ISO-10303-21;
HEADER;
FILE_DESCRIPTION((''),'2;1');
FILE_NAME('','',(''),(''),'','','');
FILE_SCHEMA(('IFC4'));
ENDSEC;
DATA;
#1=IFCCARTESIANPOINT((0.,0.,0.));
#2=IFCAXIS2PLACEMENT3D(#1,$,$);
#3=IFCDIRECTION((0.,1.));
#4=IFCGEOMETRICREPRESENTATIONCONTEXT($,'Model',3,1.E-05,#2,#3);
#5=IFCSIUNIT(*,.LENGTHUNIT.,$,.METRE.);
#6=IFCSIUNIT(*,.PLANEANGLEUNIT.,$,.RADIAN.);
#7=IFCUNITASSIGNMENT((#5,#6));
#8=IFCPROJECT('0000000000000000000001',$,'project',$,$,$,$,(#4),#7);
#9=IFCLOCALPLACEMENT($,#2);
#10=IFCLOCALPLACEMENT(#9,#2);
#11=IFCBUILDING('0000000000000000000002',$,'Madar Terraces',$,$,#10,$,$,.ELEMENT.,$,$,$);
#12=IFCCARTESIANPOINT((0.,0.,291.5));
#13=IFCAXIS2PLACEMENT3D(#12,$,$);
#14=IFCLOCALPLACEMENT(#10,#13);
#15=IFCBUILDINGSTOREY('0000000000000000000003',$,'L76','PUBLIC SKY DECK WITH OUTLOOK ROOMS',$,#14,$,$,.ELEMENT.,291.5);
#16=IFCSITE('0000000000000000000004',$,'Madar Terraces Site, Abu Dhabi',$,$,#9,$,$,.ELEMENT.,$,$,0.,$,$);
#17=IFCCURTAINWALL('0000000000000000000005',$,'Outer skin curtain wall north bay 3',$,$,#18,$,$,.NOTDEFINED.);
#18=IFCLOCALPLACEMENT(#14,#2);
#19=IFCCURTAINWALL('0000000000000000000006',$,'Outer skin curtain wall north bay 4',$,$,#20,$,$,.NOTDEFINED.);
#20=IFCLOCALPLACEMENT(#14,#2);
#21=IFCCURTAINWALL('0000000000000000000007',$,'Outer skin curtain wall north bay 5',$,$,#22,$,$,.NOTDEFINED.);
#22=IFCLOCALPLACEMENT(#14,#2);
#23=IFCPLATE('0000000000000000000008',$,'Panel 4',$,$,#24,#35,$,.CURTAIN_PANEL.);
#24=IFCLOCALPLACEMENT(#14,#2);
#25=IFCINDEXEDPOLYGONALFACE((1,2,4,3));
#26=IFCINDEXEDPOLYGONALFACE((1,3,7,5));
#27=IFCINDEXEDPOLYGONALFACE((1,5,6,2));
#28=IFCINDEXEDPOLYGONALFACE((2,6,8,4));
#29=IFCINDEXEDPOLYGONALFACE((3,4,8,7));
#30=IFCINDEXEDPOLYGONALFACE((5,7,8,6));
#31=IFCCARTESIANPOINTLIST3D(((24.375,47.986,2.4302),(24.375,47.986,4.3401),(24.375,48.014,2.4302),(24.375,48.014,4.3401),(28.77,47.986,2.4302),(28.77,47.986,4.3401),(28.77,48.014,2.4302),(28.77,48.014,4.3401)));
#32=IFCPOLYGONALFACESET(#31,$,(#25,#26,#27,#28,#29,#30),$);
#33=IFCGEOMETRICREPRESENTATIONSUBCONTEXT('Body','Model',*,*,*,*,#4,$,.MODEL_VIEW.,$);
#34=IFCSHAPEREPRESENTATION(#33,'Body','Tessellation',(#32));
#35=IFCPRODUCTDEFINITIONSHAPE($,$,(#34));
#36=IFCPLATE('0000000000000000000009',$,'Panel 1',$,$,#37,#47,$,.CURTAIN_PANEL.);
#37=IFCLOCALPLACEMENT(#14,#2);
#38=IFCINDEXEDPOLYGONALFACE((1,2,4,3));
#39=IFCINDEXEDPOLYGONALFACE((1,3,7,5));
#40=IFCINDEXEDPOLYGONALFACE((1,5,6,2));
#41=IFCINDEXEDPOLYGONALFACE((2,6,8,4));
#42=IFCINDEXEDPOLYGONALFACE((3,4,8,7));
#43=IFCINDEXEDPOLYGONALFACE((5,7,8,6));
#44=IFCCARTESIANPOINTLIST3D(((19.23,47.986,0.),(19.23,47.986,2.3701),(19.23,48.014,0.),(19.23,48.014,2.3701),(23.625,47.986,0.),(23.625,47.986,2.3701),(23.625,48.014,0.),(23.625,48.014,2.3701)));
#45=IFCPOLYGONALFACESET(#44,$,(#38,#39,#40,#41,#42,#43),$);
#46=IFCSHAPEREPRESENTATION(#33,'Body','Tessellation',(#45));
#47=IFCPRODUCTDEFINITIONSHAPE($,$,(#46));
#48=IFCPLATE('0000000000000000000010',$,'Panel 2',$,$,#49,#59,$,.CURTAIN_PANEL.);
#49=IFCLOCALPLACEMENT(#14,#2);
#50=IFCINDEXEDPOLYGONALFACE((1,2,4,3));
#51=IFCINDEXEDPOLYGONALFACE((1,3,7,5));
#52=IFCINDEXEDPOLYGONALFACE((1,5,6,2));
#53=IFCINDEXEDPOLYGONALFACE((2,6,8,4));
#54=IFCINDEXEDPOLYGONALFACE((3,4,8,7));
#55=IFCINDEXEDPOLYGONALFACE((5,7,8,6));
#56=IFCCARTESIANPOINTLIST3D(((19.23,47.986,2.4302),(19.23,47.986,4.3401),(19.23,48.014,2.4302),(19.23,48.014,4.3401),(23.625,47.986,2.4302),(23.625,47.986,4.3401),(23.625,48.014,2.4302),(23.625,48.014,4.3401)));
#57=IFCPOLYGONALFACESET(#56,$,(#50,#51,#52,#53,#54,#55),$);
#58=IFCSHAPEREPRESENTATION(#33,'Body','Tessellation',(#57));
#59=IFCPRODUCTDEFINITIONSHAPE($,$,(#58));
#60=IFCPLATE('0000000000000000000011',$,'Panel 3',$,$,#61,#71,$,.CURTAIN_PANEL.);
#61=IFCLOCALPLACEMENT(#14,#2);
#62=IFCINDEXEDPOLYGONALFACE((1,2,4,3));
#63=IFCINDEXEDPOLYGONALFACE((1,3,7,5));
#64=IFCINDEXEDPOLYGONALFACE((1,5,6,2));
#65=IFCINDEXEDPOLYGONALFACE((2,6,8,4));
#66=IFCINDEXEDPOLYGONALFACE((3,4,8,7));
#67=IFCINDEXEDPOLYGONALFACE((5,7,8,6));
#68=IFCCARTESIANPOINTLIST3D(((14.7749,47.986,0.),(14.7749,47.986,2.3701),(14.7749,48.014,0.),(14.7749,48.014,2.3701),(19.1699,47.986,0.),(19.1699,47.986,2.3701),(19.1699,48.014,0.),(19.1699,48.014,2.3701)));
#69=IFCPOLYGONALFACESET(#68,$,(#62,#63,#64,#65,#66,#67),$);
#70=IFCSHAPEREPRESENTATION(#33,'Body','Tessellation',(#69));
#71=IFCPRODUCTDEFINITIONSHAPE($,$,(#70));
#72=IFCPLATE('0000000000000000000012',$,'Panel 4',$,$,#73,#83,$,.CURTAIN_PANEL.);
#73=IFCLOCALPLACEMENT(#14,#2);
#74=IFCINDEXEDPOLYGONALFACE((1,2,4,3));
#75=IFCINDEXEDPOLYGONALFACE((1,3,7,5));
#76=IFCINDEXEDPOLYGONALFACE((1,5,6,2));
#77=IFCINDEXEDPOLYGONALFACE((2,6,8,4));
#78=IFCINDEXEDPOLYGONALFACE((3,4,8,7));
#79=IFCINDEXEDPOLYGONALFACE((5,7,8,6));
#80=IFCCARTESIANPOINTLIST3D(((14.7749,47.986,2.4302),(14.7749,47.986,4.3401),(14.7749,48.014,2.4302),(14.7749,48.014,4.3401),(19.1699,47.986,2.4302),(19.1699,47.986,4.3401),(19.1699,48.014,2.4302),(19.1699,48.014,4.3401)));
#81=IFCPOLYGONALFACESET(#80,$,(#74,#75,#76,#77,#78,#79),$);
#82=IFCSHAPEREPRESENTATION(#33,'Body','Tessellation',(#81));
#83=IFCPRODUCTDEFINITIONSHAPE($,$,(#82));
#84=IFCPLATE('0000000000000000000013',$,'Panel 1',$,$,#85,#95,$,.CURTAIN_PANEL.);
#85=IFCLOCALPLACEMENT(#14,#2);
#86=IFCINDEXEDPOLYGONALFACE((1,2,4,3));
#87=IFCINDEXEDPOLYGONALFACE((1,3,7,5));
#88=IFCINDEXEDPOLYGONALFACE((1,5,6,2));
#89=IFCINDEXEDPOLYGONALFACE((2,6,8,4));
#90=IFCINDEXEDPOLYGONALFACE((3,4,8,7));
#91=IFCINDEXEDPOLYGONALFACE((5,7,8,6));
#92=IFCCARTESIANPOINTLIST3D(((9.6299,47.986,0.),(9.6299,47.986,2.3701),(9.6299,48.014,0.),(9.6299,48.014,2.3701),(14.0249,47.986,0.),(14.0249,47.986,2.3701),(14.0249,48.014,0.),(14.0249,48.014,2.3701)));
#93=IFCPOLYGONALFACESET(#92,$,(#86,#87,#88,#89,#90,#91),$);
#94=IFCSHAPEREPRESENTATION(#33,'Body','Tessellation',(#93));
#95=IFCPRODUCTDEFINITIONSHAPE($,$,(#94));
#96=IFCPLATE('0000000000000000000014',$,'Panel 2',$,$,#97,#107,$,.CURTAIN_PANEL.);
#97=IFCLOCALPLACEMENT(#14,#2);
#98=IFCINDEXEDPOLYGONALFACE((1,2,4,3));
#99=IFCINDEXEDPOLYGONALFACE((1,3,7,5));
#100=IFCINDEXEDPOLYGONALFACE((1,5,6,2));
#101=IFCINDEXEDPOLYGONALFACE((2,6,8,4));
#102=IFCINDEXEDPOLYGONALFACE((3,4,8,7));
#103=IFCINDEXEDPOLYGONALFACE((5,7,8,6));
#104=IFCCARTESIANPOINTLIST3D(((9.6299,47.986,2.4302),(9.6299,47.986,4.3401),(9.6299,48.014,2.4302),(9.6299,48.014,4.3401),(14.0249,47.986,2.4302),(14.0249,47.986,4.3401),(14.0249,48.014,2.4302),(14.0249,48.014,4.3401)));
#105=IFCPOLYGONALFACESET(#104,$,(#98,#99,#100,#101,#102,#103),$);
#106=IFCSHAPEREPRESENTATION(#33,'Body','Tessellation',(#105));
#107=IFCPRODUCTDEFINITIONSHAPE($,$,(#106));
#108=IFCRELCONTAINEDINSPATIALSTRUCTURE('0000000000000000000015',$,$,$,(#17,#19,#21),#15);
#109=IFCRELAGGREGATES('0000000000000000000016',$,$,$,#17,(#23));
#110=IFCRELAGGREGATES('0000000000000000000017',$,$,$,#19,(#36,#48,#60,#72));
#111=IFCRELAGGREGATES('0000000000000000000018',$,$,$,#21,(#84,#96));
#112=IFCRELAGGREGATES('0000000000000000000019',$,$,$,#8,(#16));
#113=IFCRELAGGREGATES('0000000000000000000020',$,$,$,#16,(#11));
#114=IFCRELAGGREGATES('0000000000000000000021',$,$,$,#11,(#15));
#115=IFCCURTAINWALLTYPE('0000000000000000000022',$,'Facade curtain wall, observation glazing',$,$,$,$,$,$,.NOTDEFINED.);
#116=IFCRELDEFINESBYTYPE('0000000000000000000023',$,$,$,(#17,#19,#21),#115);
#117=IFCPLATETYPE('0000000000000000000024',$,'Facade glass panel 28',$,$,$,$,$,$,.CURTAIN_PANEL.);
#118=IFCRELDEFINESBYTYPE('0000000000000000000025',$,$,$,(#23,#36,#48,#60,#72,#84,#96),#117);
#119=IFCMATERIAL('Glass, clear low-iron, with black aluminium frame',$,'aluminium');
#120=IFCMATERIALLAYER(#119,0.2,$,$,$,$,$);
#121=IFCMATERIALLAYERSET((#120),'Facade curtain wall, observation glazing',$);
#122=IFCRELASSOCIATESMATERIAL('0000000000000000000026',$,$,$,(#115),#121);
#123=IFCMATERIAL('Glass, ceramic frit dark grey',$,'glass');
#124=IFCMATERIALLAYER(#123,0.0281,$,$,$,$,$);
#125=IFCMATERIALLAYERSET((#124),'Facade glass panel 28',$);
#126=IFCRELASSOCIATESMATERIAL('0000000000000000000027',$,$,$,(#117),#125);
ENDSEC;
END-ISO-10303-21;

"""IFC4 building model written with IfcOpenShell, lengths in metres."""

from ifc_helpers import new_model, si_unit, direction, frame, origin, origin_2d, place, context, subcontext, project, spatial, rectangle, extrude, material, layer, layer_set, type_object, element, aggregate, save


model = new_model("IFC4")

# Units and contexts
model_context = context("Model", 3, precision=1e-05, world=origin(), true_north=direction((0.0, 1.0)))
body_context = subcontext(model_context, "Body", "Model", "MODEL_VIEW")
ifc_project = project(units=[si_unit("LENGTHUNIT", "METRE"), si_unit("PLANEANGLEUNIT", "RADIAN")], contexts=[model_context])

# Site, building, storey
site_placement = place(None, origin())
site = spatial("IfcSite", under=ifc_project, at=site_placement, Name="Madar Terraces Site, Abu Dhabi", CompositionType="ELEMENT", RefElevation=0.0)
building_placement = place(site_placement, origin())
building = spatial("IfcBuilding", under=site, at=building_placement, Name="Madar Terraces", CompositionType="ELEMENT")
storey_placement = place(building_placement, frame((0.0, 0.0, 291.5)))
storey = spatial("IfcBuildingStorey", under=building, at=storey_placement, Name="L76", Description="PUBLIC SKY DECK WITH OUTLOOK ROOMS", CompositionType="ELEMENT", Elevation=291.5)

# Curtain walls
ifc_material_1 = material(Name="Glass, clear low-iron, with black aluminium frame", Category="aluminium")
ifc_layer_1 = layer(ifc_material_1, 0.2)
ifc_layer_set_1 = layer_set([ifc_layer_1], Name="Facade curtain wall, observation glazing")
curtain_wall_type = type_object("IfcCurtainWallType", Name="Facade curtain wall, observation glazing", PredefinedType="NOTDEFINED", material=ifc_layer_set_1)
curtain_wall_1_placement = place(storey_placement, origin())
curtain_wall_1 = element("IfcCurtainWall", 1, at=curtain_wall_1_placement, inside=storey, type_object=curtain_wall_type, Name="Outer skin curtain wall north bay 3", PredefinedType="NOTDEFINED")
curtain_wall_2_placement = place(storey_placement, origin())
curtain_wall_2 = element("IfcCurtainWall", 2, at=curtain_wall_2_placement, inside=storey, type_object=curtain_wall_type, Name="Outer skin curtain wall north bay 4", PredefinedType="NOTDEFINED")
curtain_wall_3_placement = place(storey_placement, origin())
curtain_wall_3 = element("IfcCurtainWall", 3, at=curtain_wall_3_placement, inside=storey, type_object=curtain_wall_type, Name="Outer skin curtain wall north bay 5", PredefinedType="NOTDEFINED")

# Plates
ifc_material_2 = material(Name="Glass, ceramic frit dark grey", Category="glass")
ifc_layer_2 = layer(ifc_material_2, 0.0281)
ifc_layer_set_2 = layer_set([ifc_layer_2], Name="Facade glass panel 28")
plate_type = type_object("IfcPlateType", Name="Facade glass panel 28", PredefinedType="CURTAIN_PANEL", material=ifc_layer_set_2)
plate_1_placement = place(storey_placement, frame((26.5725, 48.0, 2.4302), z_axis=(0.0, 0.0, 1.0), x_axis=(-1.0, 0.0, 0.0)))
plate_1 = element("IfcPlate", 4, at=plate_1_placement, type_object=plate_type, Name="Panel 4", PredefinedType="CURTAIN_PANEL", context=body_context, shape_type="SweptSolid", body=[
    extrude(rectangle(XDim=4.395, YDim=0.0281, at=origin_2d()), origin(), (0.0, 0.0, 1.0), 1.9099),
])
aggregate(curtain_wall_1, [plate_1])
plate_2_placement = place(storey_placement, frame((21.4275, 48.0, 0.0), z_axis=(0.0, 0.0, 1.0), x_axis=(-1.0, 0.0, 0.0)))
plate_2 = element("IfcPlate", 5, at=plate_2_placement, type_object=plate_type, Name="Panel 1", PredefinedType="CURTAIN_PANEL", context=body_context, shape_type="SweptSolid", body=[
    extrude(rectangle(XDim=4.395, YDim=0.0281, at=origin_2d()), origin(), (0.0, 0.0, 1.0), 2.3701),
])
plate_3_placement = place(storey_placement, frame((21.4275, 48.0, 2.4302), z_axis=(0.0, 0.0, 1.0), x_axis=(-1.0, 0.0, 0.0)))
plate_3 = element("IfcPlate", 6, at=plate_3_placement, type_object=plate_type, Name="Panel 2", PredefinedType="CURTAIN_PANEL", context=body_context, shape_type="SweptSolid", body=[
    extrude(rectangle(XDim=4.395, YDim=0.0281, at=origin_2d()), origin(), (0.0, 0.0, 1.0), 1.9099),
])
plate_4_placement = place(storey_placement, frame((16.9724, 48.0, 0.0), z_axis=(0.0, 0.0, 1.0), x_axis=(-1.0, 0.0, 0.0)))
plate_4 = element("IfcPlate", 7, at=plate_4_placement, type_object=plate_type, Name="Panel 3", PredefinedType="CURTAIN_PANEL", context=body_context, shape_type="SweptSolid", body=[
    extrude(rectangle(XDim=4.395, YDim=0.0281, at=origin_2d()), origin(), (0.0, 0.0, 1.0), 2.3701),
])
plate_5_placement = place(storey_placement, frame((16.9724, 48.0, 2.4302), z_axis=(0.0, 0.0, 1.0), x_axis=(-1.0, 0.0, 0.0)))
plate_5 = element("IfcPlate", 8, at=plate_5_placement, type_object=plate_type, Name="Panel 4", PredefinedType="CURTAIN_PANEL", context=body_context, shape_type="SweptSolid", body=[
    extrude(rectangle(XDim=4.395, YDim=0.0281, at=origin_2d()), origin(), (0.0, 0.0, 1.0), 1.9099),
])
aggregate(curtain_wall_2, [plate_2, plate_3, plate_4, plate_5])
plate_6_placement = place(storey_placement, frame((11.8274, 48.0, 0.0), z_axis=(0.0, 0.0, 1.0), x_axis=(-1.0, 0.0, 0.0)))
plate_6 = element("IfcPlate", 9, at=plate_6_placement, type_object=plate_type, Name="Panel 1", PredefinedType="CURTAIN_PANEL", context=body_context, shape_type="SweptSolid", body=[
    extrude(rectangle(XDim=4.395, YDim=0.0281, at=origin_2d()), origin(), (0.0, 0.0, 1.0), 2.3701),
])
plate_7_placement = place(storey_placement, frame((11.8274, 48.0, 2.4302), z_axis=(0.0, 0.0, 1.0), x_axis=(-1.0, 0.0, 0.0)))
plate_7 = element("IfcPlate", 10, at=plate_7_placement, type_object=plate_type, Name="Panel 2", PredefinedType="CURTAIN_PANEL", context=body_context, shape_type="SweptSolid", body=[
    extrude(rectangle(XDim=4.395, YDim=0.0281, at=origin_2d()), origin(), (0.0, 0.0, 1.0), 1.9099),
])
aggregate(curtain_wall_3, [plate_6, plate_7])

save(model, "model.ifc")
